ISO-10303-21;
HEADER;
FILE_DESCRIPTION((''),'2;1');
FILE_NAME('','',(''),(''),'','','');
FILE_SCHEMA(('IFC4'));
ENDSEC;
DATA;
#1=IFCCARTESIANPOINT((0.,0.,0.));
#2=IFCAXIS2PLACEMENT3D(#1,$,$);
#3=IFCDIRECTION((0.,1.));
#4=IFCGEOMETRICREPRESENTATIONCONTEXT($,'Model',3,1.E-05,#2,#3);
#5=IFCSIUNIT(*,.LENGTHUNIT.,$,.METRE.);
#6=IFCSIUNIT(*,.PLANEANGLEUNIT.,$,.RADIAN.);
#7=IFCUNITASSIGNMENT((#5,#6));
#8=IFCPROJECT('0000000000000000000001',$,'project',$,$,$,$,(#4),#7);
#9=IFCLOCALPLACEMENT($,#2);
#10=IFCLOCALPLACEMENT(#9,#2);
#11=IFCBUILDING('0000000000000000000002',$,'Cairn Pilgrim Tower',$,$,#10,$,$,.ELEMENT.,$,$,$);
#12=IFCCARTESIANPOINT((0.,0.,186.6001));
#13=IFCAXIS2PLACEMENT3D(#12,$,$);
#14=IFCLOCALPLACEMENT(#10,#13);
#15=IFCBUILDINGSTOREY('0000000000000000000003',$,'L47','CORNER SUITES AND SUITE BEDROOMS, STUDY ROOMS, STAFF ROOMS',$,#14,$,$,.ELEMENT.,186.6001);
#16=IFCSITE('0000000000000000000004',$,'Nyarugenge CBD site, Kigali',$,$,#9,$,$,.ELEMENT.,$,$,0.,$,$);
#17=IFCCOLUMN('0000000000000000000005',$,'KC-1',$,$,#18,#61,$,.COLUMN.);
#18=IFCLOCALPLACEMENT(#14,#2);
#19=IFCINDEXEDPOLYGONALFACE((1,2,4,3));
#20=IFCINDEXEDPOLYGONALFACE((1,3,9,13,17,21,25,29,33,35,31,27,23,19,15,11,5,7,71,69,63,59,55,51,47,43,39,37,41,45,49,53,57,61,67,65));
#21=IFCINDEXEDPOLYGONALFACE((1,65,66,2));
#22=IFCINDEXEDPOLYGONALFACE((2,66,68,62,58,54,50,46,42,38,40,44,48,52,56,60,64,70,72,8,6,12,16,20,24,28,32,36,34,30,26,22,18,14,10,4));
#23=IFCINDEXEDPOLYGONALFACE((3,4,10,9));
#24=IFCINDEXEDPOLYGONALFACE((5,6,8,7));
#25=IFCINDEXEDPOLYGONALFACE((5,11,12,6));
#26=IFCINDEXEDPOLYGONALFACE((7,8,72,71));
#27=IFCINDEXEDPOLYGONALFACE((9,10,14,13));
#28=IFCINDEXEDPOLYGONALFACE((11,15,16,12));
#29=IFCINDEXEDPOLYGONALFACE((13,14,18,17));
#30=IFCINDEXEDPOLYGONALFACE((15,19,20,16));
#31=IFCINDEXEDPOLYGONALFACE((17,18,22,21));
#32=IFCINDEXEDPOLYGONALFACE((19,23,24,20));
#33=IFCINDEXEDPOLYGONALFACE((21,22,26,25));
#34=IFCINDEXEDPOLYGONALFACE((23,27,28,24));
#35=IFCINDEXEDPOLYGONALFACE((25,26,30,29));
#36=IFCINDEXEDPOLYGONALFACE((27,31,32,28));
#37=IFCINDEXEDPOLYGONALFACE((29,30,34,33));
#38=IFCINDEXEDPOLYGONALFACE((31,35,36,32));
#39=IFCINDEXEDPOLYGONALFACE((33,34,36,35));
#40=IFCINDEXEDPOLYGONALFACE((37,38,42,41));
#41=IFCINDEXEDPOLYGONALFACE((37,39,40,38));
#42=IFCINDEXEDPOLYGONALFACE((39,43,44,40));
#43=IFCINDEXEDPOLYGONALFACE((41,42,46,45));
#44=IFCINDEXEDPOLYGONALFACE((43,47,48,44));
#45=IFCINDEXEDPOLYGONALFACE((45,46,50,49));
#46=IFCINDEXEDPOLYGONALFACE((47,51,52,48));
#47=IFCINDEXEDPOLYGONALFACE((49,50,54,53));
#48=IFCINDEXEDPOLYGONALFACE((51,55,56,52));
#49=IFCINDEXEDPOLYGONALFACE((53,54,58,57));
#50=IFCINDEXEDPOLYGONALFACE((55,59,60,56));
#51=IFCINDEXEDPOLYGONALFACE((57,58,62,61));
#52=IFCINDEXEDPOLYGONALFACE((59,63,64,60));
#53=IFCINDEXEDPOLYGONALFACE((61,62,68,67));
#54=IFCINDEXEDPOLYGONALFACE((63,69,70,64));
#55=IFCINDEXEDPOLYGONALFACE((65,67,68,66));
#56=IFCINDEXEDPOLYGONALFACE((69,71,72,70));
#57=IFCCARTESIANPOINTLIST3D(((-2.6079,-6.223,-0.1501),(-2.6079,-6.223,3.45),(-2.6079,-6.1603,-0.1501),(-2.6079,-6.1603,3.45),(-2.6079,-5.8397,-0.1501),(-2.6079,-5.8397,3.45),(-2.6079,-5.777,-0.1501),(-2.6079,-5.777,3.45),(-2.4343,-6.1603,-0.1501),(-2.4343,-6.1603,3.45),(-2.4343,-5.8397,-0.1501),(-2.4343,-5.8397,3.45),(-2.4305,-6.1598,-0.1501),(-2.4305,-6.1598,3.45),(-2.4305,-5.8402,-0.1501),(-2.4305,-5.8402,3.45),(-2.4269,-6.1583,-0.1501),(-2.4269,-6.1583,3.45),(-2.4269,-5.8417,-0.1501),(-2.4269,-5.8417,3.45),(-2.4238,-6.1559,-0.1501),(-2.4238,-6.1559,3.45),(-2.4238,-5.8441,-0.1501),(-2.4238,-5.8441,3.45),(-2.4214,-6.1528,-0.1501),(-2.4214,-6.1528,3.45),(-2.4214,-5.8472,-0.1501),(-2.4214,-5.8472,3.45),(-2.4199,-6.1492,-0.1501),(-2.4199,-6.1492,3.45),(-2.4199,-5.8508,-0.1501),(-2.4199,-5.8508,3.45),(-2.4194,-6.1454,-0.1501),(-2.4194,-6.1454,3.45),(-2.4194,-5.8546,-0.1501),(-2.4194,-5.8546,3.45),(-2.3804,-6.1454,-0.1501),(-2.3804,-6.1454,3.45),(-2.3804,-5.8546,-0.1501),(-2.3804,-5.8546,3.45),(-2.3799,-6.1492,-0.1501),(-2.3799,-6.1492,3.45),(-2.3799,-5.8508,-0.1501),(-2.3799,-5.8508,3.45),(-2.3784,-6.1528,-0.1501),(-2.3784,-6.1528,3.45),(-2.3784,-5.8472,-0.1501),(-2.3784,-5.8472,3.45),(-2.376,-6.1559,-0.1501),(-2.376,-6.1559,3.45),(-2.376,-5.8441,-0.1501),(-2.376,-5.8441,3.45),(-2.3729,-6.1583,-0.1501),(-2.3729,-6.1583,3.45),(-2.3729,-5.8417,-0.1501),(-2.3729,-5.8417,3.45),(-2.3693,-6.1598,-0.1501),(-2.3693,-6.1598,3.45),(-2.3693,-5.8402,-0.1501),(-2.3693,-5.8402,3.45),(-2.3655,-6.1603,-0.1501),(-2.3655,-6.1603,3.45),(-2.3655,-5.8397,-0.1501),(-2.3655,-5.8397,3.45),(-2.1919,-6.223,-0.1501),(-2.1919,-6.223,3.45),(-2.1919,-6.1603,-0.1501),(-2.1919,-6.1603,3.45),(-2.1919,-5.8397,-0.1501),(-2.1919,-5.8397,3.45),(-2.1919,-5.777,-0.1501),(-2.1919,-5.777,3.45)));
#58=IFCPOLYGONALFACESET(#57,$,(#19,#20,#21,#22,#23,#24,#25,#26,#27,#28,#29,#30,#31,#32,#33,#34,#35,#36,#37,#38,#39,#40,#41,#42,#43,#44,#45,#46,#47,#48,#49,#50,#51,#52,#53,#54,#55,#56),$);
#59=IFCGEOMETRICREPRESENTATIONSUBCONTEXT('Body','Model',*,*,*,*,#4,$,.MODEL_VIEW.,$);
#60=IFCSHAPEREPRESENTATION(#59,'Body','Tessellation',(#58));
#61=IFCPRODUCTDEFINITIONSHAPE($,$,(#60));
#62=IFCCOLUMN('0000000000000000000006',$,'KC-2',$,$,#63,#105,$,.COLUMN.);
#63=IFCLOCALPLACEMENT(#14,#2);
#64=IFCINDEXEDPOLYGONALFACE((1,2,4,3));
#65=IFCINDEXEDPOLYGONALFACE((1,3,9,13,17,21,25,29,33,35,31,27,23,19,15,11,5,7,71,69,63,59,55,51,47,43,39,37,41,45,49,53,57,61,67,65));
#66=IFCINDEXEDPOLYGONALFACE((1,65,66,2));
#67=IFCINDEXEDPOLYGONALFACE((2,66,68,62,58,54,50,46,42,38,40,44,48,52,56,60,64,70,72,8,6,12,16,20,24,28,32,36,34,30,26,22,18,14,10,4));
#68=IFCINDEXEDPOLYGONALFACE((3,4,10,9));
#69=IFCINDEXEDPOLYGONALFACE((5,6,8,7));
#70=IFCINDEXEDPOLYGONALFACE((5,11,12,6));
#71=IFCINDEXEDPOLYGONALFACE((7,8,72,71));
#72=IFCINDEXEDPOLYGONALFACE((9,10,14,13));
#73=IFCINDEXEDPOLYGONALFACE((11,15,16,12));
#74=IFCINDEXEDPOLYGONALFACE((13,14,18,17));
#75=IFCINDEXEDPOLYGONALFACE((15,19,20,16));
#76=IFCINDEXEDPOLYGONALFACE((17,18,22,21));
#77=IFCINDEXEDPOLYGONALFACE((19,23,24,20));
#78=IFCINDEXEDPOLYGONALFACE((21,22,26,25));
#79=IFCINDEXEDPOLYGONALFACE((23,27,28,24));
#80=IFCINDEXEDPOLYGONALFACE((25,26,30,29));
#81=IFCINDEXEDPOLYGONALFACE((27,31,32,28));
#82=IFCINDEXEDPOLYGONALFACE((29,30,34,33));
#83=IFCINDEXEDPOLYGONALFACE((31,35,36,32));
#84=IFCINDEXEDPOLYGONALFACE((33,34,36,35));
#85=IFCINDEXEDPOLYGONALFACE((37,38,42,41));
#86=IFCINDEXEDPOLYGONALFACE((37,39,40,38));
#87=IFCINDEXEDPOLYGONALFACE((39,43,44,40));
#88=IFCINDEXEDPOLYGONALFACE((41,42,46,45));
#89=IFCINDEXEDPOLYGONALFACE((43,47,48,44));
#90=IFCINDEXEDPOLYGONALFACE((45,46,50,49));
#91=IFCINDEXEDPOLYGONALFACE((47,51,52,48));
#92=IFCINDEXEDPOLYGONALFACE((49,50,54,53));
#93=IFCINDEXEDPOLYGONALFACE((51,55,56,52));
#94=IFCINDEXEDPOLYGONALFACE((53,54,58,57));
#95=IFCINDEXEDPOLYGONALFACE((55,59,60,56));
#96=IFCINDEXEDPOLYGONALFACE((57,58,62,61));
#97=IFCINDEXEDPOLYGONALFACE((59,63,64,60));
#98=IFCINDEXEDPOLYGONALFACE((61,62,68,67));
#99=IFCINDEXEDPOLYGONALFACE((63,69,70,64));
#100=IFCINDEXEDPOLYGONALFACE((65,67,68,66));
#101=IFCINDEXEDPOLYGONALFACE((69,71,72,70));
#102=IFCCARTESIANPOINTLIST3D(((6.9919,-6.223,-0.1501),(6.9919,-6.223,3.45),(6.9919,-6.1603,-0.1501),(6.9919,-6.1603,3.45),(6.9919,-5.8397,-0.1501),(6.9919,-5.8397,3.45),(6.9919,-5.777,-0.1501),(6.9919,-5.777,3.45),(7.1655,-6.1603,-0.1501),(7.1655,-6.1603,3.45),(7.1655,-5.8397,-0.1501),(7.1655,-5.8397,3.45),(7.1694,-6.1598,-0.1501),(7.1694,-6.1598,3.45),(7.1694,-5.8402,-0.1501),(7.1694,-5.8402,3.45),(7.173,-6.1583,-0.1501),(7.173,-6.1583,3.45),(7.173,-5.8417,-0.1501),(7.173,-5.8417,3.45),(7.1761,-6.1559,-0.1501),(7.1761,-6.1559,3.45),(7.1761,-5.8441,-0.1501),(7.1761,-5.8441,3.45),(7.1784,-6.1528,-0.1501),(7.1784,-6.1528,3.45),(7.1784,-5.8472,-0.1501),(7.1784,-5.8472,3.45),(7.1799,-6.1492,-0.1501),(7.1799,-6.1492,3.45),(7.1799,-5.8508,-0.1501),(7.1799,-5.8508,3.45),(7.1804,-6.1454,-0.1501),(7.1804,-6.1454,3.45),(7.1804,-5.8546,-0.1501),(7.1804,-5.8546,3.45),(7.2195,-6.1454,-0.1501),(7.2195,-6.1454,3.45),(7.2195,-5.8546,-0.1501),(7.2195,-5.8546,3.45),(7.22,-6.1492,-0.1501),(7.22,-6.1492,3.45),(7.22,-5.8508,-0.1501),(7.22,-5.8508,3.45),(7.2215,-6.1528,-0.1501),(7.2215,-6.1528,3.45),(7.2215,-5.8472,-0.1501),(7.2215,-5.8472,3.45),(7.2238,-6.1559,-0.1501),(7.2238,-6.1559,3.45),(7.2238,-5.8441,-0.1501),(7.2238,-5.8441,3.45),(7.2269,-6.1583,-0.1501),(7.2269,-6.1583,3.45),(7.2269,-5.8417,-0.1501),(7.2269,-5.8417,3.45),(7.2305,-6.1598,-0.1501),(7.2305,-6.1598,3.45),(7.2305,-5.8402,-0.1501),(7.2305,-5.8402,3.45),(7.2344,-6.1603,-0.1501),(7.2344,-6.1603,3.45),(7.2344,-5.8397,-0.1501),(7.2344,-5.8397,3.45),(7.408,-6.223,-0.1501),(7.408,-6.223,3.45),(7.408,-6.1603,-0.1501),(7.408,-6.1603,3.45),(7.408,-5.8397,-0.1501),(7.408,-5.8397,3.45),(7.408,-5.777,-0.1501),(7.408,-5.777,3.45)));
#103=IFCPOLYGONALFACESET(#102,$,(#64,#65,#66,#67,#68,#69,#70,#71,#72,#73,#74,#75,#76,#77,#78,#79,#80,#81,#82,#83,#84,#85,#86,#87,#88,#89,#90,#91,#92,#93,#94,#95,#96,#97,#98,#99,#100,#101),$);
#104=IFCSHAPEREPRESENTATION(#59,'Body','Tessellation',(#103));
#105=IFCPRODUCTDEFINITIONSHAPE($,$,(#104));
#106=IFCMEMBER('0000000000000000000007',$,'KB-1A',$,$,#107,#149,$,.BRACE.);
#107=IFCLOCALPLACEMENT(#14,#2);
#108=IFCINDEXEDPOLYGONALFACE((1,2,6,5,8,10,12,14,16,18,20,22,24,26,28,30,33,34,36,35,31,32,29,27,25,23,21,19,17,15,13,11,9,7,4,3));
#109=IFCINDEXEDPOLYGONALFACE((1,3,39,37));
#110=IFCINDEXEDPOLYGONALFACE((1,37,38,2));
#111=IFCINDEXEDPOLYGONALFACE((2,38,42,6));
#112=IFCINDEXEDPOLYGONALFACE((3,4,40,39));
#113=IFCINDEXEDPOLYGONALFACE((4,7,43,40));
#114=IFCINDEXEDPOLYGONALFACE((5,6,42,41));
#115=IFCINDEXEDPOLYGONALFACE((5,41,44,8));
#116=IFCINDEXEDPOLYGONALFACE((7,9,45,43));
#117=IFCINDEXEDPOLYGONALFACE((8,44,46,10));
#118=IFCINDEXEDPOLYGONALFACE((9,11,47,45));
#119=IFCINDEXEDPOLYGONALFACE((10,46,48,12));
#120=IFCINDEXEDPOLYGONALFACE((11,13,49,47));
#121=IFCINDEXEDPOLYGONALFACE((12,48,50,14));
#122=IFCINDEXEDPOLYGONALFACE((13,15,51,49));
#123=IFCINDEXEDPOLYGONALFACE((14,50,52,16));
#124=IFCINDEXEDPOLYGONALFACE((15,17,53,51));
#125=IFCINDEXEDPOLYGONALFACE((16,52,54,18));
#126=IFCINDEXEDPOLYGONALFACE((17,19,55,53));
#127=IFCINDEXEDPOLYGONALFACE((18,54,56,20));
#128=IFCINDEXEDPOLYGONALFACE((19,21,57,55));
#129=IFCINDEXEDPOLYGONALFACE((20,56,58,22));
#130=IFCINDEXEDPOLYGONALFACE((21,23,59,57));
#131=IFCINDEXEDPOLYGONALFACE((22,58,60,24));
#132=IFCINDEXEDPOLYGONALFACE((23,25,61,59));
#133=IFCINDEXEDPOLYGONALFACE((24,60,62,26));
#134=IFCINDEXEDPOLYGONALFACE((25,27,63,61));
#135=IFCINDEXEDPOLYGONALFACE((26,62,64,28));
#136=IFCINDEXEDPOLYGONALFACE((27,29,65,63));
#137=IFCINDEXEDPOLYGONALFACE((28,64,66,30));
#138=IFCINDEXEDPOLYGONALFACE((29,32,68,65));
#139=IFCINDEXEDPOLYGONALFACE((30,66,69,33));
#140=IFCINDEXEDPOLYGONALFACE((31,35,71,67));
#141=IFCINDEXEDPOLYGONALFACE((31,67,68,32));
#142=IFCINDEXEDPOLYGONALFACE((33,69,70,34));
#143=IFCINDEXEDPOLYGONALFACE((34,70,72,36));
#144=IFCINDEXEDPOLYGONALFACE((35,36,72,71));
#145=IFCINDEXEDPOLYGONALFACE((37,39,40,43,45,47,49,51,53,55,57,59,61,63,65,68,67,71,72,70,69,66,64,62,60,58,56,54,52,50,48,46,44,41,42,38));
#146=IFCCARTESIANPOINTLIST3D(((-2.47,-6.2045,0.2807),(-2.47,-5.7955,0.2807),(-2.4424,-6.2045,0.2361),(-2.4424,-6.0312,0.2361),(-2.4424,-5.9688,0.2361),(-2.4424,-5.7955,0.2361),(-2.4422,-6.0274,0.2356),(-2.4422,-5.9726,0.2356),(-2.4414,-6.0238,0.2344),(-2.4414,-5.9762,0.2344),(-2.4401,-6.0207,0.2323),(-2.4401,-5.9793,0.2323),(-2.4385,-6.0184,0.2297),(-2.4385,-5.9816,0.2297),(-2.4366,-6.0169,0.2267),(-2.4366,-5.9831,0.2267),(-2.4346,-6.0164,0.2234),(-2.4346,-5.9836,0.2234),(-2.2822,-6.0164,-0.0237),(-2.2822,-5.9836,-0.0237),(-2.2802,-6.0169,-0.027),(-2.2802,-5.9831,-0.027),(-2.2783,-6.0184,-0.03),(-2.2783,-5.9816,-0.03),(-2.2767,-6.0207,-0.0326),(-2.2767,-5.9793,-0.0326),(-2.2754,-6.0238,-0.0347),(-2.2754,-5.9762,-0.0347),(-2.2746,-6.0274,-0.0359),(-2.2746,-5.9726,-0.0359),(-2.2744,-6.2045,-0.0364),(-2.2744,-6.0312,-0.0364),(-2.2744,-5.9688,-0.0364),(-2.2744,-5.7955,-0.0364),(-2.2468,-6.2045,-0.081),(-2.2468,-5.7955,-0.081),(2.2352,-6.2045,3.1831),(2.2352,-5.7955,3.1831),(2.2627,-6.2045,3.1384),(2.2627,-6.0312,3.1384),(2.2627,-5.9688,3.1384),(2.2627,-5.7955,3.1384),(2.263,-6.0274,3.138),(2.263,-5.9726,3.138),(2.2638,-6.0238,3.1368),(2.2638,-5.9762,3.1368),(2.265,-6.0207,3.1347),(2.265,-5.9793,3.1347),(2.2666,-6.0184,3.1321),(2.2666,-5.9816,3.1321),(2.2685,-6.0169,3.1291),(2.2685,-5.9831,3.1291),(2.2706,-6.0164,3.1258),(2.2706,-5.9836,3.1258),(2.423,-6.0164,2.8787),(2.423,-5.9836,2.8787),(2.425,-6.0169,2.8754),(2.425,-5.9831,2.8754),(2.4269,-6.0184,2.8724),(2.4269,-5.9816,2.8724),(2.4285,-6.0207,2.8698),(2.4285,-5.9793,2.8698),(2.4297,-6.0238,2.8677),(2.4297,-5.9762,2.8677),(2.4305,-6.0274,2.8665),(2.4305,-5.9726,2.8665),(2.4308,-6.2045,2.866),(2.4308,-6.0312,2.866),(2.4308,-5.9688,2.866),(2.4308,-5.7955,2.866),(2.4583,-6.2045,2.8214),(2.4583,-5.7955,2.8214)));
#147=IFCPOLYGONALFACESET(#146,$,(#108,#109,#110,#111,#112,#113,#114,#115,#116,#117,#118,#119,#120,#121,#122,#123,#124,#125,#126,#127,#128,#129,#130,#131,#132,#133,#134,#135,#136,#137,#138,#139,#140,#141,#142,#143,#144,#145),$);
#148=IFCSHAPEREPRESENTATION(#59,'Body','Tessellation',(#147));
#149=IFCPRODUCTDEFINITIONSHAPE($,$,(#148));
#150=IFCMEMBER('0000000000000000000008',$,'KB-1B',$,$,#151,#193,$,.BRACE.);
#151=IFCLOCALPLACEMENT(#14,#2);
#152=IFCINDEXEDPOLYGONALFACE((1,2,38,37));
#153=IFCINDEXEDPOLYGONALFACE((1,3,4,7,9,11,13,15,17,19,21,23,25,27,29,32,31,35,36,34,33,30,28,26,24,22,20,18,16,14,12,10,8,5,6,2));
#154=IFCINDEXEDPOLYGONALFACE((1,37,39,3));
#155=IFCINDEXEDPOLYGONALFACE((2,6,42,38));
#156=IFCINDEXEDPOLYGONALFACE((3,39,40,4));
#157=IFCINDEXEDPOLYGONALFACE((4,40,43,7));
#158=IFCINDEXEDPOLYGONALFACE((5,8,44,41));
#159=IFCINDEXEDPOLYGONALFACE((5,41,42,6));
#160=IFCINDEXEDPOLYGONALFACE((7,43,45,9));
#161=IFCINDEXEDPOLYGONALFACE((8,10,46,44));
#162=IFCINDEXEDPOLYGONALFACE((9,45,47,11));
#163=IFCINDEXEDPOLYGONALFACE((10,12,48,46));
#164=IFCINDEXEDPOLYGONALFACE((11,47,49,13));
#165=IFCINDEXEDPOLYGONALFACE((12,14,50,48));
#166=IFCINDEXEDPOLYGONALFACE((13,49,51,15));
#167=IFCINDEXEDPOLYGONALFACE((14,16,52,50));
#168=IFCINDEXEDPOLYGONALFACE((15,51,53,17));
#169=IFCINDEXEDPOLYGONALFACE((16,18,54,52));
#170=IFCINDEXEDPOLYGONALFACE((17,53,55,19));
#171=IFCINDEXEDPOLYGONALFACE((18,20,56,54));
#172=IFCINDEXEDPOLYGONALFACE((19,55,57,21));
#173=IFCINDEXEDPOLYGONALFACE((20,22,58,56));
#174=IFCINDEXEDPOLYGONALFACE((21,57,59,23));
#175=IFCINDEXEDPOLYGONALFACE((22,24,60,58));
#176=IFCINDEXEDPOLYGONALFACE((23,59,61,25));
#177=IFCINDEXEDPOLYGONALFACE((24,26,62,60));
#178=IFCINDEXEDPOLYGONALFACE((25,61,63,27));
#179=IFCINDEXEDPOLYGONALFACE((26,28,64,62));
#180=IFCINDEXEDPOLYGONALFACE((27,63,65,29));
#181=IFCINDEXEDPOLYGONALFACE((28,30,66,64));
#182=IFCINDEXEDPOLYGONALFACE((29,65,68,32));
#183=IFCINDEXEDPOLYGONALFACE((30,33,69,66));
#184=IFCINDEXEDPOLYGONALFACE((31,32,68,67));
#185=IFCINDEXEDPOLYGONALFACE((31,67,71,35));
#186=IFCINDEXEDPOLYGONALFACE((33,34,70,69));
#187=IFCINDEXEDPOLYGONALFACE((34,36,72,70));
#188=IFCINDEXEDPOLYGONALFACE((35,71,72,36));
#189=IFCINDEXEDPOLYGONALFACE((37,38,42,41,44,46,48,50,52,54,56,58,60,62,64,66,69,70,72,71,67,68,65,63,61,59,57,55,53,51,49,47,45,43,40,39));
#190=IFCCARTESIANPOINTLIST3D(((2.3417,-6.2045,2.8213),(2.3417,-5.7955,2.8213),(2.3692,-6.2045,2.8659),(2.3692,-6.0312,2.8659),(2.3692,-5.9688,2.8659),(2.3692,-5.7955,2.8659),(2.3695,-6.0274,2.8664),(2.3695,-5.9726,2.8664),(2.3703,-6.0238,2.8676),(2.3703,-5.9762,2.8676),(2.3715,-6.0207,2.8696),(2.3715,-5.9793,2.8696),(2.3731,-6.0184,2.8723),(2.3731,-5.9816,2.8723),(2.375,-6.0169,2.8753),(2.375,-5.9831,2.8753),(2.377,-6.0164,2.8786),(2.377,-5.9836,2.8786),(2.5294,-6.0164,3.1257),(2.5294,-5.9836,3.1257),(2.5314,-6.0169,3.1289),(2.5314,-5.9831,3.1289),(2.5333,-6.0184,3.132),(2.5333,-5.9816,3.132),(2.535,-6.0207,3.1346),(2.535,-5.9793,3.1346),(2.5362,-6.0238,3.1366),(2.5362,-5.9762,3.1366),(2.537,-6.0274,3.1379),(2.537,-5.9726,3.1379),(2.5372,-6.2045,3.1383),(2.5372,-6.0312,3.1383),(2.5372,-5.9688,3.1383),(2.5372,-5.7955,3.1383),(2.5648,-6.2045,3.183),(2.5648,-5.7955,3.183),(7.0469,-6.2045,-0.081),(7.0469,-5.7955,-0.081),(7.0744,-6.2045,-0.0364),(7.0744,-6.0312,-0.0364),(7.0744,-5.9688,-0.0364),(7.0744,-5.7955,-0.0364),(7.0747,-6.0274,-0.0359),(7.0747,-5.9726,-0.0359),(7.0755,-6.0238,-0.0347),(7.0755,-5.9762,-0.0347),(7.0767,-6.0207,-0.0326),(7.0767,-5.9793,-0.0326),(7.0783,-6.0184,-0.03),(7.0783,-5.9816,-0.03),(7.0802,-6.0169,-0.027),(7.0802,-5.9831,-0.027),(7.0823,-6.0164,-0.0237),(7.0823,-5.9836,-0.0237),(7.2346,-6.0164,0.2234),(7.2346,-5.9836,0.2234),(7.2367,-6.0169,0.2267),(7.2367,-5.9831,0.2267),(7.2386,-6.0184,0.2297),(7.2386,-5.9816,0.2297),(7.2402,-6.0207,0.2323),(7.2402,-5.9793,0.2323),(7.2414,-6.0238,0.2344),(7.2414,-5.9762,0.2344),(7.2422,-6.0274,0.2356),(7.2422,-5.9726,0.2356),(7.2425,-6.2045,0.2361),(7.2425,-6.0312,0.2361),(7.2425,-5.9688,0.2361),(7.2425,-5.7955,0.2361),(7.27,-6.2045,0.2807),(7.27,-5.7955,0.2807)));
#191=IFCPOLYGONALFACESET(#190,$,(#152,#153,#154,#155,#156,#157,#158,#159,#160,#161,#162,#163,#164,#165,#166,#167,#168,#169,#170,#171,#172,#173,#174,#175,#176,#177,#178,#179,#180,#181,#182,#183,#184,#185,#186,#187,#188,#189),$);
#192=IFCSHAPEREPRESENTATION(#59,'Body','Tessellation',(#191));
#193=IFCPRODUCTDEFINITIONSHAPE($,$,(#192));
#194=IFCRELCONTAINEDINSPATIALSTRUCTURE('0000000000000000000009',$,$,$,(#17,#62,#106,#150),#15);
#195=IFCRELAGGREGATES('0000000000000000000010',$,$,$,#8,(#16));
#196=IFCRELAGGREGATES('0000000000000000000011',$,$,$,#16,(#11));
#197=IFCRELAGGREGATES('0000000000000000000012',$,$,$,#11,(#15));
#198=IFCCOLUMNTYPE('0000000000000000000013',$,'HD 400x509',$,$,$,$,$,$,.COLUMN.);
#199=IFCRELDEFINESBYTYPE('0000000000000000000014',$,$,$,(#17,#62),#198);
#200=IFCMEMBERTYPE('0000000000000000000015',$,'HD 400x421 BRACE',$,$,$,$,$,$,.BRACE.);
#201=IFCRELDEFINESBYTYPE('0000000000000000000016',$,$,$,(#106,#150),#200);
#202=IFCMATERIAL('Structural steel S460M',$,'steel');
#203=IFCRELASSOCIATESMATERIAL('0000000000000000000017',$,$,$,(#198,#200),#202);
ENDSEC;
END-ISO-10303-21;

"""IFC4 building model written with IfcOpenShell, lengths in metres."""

from ifc_helpers import new_model, si_unit, direction, frame, origin, origin_2d, place, context, subcontext, project, spatial, i_section, extrude, material, material_profile, profile_set, type_object, element, save


model = new_model("IFC4")

# Units and contexts
model_context = context("Model", 3, precision=1e-05, world=origin(), true_north=direction((0.0, 1.0)))
body_context = subcontext(model_context, "Body", "Model", "MODEL_VIEW")
ifc_project = project(units=[si_unit("LENGTHUNIT", "METRE"), si_unit("PLANEANGLEUNIT", "RADIAN")], contexts=[model_context])

# Site, building, storey
site_placement = place(None, origin())
site = spatial("IfcSite", under=ifc_project, at=site_placement, Name="Nyarugenge CBD site, Kigali", CompositionType="ELEMENT", RefElevation=0.0)
building_placement = place(site_placement, origin())
building = spatial("IfcBuilding", under=site, at=building_placement, Name="Cairn Pilgrim Tower", CompositionType="ELEMENT")
storey_placement = place(building_placement, frame((0.0, 0.0, 186.6001)))
storey = spatial("IfcBuildingStorey", under=building, at=storey_placement, Name="L47", Description="CORNER SUITES AND SUITE BEDROOMS, STUDY ROOMS, STAFF ROOMS", CompositionType="ELEMENT", Elevation=186.6001)

# Columns
ifc_material_1 = material(Name="Structural steel S460M", Category="steel")
ifc_material_profile_1 = material_profile(ifc_material_1, i_section(OverallWidth=0.416, OverallDepth=0.446, WebThickness=0.0391, FlangeThickness=0.0627, FilletRadius=0.0149, at=origin_2d()), Name="HD 400x509")
ifc_profile_set_1 = profile_set([ifc_material_profile_1], Name="Structural steel S460M")
column_type = type_object("IfcColumnType", Name="HD 400x509", PredefinedType="COLUMN", material=ifc_profile_set_1)
for number, where, z_axis, x_axis, name in (
    (1, (-2.3999, -6.0, -0.1501), (0.0, 0.0, 1.0), (1.0, 0.0, 0.0), "KC-1"),
    (2, (7.2, -6.0, -0.1501), (0.0, 0.0, 1.0), (1.0, 0.0, 0.0), "KC-2"),
):
    element("IfcColumn", number, at=place(storey_placement, frame(where, z_axis=z_axis, x_axis=x_axis)), inside=storey, type_object=column_type, Name=name, PredefinedType="COLUMN", context=body_context, shape_type="SweptSolid", body=[
        extrude(i_section(OverallWidth=0.416, OverallDepth=0.446, WebThickness=0.0391, FlangeThickness=0.0627, FilletRadius=0.0149, at=origin_2d()), origin(), (0.0, 0.0, 1.0), 3.6001),
    ])

# Members
ifc_material_profile_2 = material_profile(ifc_material_1, i_section(OverallWidth=0.4089, OverallDepth=0.425, WebThickness=0.0327, FlangeThickness=0.0525, FilletRadius=0.0149, at=origin_2d()), Name="HD 400x421")
ifc_profile_set_2 = profile_set([ifc_material_profile_2], Name="Structural steel S460M")
member_type = type_object("IfcMemberType", Name="HD 400x421 BRACE", PredefinedType="BRACE", material=ifc_profile_set_2)
for number, where, z_axis, x_axis, name in (
    (3, (-2.3584, -6.0, 0.0999), (0.8511, 0.0, 0.525004), (0.0, 1.0, 0.0), "KB-1A"),
    (4, (7.1584, -6.0, 0.0999), (-0.851112, 0.0, 0.524984), (0.0, -1.0, 0.0), "KB-1B"),
):
    element("IfcMember", number, at=place(storey_placement, frame(where, z_axis=z_axis, x_axis=x_axis)), inside=storey, type_object=member_type, Name=name, PredefinedType="BRACE", context=body_context, shape_type="SweptSolid", body=[
        extrude(i_section(OverallWidth=0.4089, OverallDepth=0.425, WebThickness=0.0327, FlangeThickness=0.0525, FilletRadius=0.0149, at=origin_2d()), origin(), (0.0, 0.0, 1.0), 5.5283),
    ])

save(model, "model.ifc")
